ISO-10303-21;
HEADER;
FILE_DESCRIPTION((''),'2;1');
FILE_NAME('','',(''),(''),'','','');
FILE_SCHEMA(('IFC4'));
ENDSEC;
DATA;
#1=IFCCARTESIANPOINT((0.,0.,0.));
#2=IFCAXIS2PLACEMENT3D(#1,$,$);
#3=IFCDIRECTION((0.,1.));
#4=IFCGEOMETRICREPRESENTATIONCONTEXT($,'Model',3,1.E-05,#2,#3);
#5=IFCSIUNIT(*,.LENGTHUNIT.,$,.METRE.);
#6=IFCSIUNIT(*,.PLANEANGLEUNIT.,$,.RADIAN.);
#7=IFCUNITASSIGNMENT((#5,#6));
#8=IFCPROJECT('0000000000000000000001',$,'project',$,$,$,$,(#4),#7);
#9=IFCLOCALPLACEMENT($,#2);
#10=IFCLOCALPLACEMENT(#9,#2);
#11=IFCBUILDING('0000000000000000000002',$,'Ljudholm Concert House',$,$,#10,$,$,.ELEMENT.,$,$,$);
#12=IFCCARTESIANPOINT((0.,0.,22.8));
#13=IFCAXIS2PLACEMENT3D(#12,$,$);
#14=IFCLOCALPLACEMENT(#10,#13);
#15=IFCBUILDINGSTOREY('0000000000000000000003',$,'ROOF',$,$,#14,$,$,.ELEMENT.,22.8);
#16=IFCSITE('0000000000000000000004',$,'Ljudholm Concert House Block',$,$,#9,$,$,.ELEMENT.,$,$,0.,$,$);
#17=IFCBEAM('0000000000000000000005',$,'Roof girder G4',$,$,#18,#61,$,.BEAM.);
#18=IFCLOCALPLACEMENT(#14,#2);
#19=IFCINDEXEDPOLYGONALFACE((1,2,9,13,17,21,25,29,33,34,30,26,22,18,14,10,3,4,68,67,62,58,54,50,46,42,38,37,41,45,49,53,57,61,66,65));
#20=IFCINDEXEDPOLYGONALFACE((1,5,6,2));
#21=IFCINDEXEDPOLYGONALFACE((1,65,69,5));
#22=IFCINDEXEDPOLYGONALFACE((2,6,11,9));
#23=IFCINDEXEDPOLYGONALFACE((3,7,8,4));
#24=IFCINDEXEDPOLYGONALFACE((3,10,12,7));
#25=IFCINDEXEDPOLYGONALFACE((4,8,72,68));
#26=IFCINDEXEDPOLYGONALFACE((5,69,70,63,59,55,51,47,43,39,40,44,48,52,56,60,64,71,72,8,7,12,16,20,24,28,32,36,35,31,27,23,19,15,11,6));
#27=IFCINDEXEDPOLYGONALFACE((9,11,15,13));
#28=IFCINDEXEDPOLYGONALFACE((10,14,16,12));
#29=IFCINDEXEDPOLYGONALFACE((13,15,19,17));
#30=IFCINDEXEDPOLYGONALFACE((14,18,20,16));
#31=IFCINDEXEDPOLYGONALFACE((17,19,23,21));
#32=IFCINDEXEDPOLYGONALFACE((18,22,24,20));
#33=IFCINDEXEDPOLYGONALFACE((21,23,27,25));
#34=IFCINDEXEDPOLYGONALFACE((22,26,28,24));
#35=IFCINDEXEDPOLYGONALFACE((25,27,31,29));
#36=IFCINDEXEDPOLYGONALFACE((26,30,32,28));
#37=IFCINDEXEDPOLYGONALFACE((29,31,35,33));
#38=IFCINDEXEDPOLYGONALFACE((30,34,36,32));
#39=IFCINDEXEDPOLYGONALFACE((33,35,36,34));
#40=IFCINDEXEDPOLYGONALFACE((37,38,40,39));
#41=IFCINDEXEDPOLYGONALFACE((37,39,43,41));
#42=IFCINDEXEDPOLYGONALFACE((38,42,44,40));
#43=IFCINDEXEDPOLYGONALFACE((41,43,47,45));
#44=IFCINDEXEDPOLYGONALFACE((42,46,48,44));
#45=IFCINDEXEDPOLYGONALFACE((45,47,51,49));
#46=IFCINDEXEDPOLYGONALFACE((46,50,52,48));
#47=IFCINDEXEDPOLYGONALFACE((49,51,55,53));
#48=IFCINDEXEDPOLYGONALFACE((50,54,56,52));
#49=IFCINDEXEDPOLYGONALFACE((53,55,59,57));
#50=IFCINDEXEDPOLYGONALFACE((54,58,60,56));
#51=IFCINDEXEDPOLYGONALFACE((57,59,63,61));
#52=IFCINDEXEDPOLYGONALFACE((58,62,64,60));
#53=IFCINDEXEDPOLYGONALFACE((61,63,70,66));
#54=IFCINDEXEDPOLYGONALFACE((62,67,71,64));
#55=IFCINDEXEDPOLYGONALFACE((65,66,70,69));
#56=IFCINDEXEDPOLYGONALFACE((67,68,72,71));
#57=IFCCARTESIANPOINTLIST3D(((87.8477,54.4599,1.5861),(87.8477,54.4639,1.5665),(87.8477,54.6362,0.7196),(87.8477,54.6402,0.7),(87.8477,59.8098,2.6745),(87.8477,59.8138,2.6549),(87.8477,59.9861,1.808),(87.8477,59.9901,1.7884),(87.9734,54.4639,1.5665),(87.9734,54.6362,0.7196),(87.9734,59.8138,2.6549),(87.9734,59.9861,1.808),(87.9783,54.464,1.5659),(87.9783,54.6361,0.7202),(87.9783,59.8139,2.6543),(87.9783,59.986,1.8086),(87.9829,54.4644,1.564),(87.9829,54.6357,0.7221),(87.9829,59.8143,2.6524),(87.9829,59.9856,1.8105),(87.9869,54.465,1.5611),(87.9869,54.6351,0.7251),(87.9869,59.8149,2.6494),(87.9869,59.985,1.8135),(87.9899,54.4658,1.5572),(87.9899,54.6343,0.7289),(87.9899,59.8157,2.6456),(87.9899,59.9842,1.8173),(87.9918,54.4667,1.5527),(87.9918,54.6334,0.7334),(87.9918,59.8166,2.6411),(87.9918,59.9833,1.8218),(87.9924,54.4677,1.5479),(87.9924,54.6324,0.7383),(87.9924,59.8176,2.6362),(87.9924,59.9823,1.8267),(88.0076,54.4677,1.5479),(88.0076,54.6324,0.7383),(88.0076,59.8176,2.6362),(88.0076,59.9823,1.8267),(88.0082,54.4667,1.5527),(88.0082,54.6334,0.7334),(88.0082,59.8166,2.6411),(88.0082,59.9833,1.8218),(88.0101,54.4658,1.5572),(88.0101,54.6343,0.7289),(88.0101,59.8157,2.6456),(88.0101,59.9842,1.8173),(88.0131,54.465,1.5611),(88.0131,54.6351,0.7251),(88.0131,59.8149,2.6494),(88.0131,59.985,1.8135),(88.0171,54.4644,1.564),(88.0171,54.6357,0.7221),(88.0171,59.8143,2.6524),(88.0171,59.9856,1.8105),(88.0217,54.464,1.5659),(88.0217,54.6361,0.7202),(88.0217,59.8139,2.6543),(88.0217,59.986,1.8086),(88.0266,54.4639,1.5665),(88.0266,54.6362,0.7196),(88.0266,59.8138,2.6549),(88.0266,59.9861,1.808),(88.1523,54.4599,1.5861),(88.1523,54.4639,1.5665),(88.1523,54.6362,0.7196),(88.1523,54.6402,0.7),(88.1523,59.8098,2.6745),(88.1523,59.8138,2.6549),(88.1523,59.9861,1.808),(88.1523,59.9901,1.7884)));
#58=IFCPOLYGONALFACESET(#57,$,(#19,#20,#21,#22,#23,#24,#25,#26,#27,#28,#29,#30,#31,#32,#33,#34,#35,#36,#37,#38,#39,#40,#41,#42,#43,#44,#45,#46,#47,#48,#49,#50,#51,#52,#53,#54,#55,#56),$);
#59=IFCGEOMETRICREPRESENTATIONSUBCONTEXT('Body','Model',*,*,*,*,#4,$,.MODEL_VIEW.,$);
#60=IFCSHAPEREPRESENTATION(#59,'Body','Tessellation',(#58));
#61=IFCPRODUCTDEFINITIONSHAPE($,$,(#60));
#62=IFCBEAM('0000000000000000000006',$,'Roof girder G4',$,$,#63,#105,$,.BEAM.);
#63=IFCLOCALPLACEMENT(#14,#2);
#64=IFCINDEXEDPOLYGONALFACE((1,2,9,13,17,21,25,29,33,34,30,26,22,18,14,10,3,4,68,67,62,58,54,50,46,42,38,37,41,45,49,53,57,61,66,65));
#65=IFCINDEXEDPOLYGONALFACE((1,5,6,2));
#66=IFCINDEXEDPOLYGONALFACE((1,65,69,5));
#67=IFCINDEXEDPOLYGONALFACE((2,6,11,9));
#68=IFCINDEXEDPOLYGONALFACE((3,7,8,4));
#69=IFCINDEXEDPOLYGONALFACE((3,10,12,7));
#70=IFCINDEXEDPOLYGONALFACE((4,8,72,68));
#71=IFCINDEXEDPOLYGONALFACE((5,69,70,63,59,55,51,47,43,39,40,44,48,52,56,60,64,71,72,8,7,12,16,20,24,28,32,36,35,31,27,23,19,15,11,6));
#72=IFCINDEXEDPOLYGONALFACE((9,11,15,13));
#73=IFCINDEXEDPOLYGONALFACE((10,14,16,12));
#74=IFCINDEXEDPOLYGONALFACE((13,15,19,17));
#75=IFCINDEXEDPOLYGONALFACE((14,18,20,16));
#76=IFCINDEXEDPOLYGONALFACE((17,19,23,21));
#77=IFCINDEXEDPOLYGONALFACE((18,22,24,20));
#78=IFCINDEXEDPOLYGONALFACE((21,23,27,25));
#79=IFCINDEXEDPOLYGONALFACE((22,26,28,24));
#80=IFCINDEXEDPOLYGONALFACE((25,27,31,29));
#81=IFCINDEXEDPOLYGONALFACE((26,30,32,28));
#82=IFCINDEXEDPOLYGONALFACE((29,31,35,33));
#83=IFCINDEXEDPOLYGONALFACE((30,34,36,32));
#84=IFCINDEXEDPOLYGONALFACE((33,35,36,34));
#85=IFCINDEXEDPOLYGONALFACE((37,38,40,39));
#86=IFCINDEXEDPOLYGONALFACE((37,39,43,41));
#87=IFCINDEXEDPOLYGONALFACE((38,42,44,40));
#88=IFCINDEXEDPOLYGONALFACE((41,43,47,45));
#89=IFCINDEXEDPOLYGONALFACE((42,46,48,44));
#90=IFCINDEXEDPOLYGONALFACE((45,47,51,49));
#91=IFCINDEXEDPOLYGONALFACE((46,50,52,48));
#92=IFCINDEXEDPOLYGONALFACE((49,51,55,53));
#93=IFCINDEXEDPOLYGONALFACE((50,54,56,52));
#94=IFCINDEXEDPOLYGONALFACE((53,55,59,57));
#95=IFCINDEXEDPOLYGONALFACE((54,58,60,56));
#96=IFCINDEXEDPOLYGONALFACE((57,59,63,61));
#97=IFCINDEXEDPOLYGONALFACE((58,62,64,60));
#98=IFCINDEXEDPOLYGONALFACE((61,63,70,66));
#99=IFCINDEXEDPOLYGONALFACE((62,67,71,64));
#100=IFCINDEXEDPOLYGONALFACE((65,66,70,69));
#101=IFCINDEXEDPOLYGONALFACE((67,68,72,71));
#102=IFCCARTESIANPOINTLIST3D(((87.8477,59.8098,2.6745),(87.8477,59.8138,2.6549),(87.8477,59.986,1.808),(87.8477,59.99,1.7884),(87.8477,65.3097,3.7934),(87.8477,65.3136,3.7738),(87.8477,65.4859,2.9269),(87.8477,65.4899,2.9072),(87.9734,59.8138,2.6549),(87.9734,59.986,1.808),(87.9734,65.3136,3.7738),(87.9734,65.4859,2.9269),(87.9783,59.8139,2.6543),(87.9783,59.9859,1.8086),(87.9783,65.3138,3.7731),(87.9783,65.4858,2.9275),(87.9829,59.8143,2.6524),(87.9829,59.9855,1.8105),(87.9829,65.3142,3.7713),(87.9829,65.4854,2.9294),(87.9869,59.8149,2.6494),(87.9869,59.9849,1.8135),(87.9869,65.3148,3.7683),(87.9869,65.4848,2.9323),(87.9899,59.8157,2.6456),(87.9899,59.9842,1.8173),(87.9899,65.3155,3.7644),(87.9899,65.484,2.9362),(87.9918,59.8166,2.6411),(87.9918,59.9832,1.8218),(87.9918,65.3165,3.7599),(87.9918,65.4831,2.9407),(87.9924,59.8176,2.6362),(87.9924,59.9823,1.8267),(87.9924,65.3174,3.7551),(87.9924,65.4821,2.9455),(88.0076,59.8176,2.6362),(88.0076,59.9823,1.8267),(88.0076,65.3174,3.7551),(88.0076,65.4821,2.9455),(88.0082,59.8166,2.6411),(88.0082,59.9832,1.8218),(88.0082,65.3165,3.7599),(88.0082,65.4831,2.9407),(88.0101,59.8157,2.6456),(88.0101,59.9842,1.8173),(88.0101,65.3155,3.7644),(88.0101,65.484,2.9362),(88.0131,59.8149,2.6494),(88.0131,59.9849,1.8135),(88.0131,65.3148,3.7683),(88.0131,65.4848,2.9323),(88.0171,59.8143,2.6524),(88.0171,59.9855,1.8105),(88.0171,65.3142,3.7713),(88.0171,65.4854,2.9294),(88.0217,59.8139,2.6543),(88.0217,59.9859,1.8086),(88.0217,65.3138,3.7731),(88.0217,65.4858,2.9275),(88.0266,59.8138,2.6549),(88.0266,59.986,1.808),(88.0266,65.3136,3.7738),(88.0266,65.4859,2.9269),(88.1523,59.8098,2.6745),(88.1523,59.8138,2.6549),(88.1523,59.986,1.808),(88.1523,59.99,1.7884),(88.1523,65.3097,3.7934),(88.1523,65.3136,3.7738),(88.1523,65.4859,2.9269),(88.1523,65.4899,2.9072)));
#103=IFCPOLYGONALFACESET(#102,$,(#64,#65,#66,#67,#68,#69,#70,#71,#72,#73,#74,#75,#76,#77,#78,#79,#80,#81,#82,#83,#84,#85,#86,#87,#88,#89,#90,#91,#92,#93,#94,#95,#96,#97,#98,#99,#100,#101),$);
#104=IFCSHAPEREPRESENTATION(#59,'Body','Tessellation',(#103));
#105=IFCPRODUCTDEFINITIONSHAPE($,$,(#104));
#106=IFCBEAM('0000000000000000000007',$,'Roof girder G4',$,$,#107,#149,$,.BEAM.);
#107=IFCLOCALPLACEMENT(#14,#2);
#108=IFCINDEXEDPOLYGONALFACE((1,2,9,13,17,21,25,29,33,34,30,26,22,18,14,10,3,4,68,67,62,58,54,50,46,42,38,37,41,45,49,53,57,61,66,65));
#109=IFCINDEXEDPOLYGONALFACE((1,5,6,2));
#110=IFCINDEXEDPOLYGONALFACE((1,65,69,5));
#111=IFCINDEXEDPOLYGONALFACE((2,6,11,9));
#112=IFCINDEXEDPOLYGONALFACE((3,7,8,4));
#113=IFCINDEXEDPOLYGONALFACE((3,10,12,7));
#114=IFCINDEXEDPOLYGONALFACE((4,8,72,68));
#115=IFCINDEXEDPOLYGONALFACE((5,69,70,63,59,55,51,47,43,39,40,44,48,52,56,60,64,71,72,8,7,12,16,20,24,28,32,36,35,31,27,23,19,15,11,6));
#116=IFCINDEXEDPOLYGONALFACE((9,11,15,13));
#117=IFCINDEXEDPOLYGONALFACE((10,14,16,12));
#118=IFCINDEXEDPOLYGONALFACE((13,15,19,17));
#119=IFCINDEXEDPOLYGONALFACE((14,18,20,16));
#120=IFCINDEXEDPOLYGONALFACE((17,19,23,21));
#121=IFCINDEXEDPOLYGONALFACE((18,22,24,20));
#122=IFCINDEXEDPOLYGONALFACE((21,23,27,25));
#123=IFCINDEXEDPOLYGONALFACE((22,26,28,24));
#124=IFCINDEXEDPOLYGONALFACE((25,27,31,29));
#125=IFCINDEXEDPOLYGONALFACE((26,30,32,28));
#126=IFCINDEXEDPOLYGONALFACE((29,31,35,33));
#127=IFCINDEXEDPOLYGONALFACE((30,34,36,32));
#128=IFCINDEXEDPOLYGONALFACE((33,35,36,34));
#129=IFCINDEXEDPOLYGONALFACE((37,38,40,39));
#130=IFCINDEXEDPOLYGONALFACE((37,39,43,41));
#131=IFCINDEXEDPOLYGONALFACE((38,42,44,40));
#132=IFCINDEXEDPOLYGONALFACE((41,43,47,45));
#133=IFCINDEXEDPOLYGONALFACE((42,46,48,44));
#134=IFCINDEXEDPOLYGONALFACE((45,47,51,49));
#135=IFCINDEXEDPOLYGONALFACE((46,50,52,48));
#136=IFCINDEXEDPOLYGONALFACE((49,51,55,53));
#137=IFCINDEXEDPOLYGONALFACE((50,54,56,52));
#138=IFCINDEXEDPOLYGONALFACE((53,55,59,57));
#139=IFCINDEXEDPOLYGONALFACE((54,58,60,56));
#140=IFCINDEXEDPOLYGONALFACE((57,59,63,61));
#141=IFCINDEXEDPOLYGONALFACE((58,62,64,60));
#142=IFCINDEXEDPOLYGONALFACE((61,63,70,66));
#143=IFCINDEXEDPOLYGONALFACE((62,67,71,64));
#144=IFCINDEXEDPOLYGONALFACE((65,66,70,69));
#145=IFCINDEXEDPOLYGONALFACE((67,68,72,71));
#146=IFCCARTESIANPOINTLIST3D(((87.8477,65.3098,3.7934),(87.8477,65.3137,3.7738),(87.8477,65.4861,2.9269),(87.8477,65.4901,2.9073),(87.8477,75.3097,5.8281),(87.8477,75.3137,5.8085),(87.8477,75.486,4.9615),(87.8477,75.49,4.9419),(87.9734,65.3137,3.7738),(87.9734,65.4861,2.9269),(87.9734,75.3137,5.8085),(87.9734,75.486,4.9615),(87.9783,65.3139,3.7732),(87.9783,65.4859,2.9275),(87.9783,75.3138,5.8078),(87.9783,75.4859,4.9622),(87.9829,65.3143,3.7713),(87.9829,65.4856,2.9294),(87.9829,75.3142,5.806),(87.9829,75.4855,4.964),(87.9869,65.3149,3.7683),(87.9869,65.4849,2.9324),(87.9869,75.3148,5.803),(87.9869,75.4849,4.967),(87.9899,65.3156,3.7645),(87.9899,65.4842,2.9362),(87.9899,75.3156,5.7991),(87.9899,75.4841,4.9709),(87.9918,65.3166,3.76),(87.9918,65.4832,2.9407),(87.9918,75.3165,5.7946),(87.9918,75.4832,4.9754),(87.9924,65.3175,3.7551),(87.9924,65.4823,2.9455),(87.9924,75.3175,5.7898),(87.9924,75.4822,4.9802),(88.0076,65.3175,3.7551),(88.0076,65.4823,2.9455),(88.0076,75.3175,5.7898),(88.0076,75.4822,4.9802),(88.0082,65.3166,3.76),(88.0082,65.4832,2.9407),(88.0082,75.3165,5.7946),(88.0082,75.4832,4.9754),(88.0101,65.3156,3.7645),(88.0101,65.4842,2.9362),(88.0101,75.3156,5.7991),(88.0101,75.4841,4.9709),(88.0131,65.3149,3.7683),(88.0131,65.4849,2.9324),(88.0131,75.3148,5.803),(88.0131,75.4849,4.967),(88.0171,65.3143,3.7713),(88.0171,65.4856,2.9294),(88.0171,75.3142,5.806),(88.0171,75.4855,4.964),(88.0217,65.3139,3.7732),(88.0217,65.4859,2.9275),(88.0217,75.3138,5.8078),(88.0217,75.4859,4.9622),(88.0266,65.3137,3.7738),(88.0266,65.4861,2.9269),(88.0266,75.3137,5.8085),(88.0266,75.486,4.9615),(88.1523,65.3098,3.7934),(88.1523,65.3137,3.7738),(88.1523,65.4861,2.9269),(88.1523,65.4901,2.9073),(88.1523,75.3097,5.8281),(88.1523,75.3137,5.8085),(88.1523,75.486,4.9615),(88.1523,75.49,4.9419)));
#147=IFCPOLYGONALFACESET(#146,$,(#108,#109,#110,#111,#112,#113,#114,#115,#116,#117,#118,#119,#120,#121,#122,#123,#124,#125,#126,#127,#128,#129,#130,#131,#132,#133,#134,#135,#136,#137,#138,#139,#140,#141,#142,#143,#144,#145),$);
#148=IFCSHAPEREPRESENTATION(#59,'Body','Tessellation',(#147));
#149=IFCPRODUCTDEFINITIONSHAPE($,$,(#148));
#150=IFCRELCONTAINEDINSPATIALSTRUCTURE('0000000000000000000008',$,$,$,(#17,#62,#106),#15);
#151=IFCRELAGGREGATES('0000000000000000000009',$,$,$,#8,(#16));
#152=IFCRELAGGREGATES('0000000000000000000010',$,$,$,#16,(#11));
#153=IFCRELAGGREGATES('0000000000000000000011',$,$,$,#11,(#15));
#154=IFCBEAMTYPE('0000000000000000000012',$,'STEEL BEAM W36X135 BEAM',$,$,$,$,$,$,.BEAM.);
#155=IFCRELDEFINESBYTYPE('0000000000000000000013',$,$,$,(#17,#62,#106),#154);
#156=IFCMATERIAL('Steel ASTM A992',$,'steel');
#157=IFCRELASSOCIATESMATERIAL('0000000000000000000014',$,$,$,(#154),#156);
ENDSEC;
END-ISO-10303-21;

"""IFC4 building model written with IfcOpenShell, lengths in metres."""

from ifc_helpers import new_model, si_unit, direction, frame, origin, origin_2d, place, context, subcontext, project, spatial, i_section, extrude, material, material_profile, profile_set, type_object, element, save


model = new_model("IFC4")

# Units and contexts
model_context = context("Model", 3, precision=1e-05, world=origin(), true_north=direction((0.0, 1.0)))
body_context = subcontext(model_context, "Body", "Model", "MODEL_VIEW")
ifc_project = project(units=[si_unit("LENGTHUNIT", "METRE"), si_unit("PLANEANGLEUNIT", "RADIAN")], contexts=[model_context])

# Site, building, storey
site_placement = place(None, origin())
site = spatial("IfcSite", under=ifc_project, at=site_placement, Name="Ljudholm Concert House Block", CompositionType="ELEMENT", RefElevation=0.0)
building_placement = place(site_placement, origin())
building = spatial("IfcBuilding", under=site, at=building_placement, Name="Ljudholm Concert House", CompositionType="ELEMENT")
storey_placement = place(building_placement, frame((0.0, 0.0, 22.8)))
storey = spatial("IfcBuildingStorey", under=building, at=storey_placement, Name="ROOF", CompositionType="ELEMENT", Elevation=22.8)

# Beams
ifc_material_1 = material(Name="Steel ASTM A992", Category="steel")
ifc_material_profile_1 = material_profile(ifc_material_1, i_section(OverallWidth=0.3047, OverallDepth=0.9043, WebThickness=0.0151, FlangeThickness=0.02, FilletRadius=0.019, at=origin_2d()), Name="W36X135")
ifc_profile_set_1 = profile_set([ifc_material_profile_1], Name="Steel ASTM A992")
beam_type_1 = type_object("IfcBeamType", Name="STEEL BEAM W36X135 BEAM", PredefinedType="BEAM", material=ifc_profile_set_1)
beam_1_placement = place(storey_placement, frame((88.0, 54.55, 1.1431), z_axis=(0.0, 0.979927, 0.199357), x_axis=(-1.0, 0.0, 0.0)))
element("IfcBeam", 1, at=beam_1_placement, inside=storey, type_object=beam_type_1, Name="Roof girder G4", PredefinedType="BEAM", context=body_context, shape_type="SweptSolid", body=[
    extrude(i_section(OverallWidth=0.3047, OverallDepth=0.9043, WebThickness=0.0151, FlangeThickness=0.02, FilletRadius=0.019, at=origin_2d()), origin(), (0.0, 0.0, 1.0), 5.4595),
])
beam_2_placement = place(storey_placement, frame((88.0, 59.8999, 2.2314), z_axis=(0.0, 0.979928, 0.199352), x_axis=(-1.0, 0.0, 0.0)))
element("IfcBeam", 2, at=beam_2_placement, inside=storey, type_object=beam_type_1, Name="Roof girder G4", PredefinedType="BEAM", context=body_context, shape_type="SweptSolid", body=[
    extrude(i_section(OverallWidth=0.3047, OverallDepth=0.9043, WebThickness=0.0151, FlangeThickness=0.02, FilletRadius=0.019, at=origin_2d()), origin(), (0.0, 0.0, 1.0), 5.6125),
])
beam_3_placement = place(storey_placement, frame((88.0, 65.3999, 3.3503), z_axis=(0.0, 0.979922, 0.199382), x_axis=(-1.0, 0.0, 0.0)))
element("IfcBeam", 3, at=beam_3_placement, inside=storey, type_object=beam_type_1, Name="Roof girder G4", PredefinedType="BEAM", context=body_context, shape_type="SweptSolid", body=[
    extrude(i_section(OverallWidth=0.3047, OverallDepth=0.9043, WebThickness=0.0151, FlangeThickness=0.02, FilletRadius=0.019, at=origin_2d()), origin(), (0.0, 0.0, 1.0), 10.2048),
])

save(model, "model.ifc")
